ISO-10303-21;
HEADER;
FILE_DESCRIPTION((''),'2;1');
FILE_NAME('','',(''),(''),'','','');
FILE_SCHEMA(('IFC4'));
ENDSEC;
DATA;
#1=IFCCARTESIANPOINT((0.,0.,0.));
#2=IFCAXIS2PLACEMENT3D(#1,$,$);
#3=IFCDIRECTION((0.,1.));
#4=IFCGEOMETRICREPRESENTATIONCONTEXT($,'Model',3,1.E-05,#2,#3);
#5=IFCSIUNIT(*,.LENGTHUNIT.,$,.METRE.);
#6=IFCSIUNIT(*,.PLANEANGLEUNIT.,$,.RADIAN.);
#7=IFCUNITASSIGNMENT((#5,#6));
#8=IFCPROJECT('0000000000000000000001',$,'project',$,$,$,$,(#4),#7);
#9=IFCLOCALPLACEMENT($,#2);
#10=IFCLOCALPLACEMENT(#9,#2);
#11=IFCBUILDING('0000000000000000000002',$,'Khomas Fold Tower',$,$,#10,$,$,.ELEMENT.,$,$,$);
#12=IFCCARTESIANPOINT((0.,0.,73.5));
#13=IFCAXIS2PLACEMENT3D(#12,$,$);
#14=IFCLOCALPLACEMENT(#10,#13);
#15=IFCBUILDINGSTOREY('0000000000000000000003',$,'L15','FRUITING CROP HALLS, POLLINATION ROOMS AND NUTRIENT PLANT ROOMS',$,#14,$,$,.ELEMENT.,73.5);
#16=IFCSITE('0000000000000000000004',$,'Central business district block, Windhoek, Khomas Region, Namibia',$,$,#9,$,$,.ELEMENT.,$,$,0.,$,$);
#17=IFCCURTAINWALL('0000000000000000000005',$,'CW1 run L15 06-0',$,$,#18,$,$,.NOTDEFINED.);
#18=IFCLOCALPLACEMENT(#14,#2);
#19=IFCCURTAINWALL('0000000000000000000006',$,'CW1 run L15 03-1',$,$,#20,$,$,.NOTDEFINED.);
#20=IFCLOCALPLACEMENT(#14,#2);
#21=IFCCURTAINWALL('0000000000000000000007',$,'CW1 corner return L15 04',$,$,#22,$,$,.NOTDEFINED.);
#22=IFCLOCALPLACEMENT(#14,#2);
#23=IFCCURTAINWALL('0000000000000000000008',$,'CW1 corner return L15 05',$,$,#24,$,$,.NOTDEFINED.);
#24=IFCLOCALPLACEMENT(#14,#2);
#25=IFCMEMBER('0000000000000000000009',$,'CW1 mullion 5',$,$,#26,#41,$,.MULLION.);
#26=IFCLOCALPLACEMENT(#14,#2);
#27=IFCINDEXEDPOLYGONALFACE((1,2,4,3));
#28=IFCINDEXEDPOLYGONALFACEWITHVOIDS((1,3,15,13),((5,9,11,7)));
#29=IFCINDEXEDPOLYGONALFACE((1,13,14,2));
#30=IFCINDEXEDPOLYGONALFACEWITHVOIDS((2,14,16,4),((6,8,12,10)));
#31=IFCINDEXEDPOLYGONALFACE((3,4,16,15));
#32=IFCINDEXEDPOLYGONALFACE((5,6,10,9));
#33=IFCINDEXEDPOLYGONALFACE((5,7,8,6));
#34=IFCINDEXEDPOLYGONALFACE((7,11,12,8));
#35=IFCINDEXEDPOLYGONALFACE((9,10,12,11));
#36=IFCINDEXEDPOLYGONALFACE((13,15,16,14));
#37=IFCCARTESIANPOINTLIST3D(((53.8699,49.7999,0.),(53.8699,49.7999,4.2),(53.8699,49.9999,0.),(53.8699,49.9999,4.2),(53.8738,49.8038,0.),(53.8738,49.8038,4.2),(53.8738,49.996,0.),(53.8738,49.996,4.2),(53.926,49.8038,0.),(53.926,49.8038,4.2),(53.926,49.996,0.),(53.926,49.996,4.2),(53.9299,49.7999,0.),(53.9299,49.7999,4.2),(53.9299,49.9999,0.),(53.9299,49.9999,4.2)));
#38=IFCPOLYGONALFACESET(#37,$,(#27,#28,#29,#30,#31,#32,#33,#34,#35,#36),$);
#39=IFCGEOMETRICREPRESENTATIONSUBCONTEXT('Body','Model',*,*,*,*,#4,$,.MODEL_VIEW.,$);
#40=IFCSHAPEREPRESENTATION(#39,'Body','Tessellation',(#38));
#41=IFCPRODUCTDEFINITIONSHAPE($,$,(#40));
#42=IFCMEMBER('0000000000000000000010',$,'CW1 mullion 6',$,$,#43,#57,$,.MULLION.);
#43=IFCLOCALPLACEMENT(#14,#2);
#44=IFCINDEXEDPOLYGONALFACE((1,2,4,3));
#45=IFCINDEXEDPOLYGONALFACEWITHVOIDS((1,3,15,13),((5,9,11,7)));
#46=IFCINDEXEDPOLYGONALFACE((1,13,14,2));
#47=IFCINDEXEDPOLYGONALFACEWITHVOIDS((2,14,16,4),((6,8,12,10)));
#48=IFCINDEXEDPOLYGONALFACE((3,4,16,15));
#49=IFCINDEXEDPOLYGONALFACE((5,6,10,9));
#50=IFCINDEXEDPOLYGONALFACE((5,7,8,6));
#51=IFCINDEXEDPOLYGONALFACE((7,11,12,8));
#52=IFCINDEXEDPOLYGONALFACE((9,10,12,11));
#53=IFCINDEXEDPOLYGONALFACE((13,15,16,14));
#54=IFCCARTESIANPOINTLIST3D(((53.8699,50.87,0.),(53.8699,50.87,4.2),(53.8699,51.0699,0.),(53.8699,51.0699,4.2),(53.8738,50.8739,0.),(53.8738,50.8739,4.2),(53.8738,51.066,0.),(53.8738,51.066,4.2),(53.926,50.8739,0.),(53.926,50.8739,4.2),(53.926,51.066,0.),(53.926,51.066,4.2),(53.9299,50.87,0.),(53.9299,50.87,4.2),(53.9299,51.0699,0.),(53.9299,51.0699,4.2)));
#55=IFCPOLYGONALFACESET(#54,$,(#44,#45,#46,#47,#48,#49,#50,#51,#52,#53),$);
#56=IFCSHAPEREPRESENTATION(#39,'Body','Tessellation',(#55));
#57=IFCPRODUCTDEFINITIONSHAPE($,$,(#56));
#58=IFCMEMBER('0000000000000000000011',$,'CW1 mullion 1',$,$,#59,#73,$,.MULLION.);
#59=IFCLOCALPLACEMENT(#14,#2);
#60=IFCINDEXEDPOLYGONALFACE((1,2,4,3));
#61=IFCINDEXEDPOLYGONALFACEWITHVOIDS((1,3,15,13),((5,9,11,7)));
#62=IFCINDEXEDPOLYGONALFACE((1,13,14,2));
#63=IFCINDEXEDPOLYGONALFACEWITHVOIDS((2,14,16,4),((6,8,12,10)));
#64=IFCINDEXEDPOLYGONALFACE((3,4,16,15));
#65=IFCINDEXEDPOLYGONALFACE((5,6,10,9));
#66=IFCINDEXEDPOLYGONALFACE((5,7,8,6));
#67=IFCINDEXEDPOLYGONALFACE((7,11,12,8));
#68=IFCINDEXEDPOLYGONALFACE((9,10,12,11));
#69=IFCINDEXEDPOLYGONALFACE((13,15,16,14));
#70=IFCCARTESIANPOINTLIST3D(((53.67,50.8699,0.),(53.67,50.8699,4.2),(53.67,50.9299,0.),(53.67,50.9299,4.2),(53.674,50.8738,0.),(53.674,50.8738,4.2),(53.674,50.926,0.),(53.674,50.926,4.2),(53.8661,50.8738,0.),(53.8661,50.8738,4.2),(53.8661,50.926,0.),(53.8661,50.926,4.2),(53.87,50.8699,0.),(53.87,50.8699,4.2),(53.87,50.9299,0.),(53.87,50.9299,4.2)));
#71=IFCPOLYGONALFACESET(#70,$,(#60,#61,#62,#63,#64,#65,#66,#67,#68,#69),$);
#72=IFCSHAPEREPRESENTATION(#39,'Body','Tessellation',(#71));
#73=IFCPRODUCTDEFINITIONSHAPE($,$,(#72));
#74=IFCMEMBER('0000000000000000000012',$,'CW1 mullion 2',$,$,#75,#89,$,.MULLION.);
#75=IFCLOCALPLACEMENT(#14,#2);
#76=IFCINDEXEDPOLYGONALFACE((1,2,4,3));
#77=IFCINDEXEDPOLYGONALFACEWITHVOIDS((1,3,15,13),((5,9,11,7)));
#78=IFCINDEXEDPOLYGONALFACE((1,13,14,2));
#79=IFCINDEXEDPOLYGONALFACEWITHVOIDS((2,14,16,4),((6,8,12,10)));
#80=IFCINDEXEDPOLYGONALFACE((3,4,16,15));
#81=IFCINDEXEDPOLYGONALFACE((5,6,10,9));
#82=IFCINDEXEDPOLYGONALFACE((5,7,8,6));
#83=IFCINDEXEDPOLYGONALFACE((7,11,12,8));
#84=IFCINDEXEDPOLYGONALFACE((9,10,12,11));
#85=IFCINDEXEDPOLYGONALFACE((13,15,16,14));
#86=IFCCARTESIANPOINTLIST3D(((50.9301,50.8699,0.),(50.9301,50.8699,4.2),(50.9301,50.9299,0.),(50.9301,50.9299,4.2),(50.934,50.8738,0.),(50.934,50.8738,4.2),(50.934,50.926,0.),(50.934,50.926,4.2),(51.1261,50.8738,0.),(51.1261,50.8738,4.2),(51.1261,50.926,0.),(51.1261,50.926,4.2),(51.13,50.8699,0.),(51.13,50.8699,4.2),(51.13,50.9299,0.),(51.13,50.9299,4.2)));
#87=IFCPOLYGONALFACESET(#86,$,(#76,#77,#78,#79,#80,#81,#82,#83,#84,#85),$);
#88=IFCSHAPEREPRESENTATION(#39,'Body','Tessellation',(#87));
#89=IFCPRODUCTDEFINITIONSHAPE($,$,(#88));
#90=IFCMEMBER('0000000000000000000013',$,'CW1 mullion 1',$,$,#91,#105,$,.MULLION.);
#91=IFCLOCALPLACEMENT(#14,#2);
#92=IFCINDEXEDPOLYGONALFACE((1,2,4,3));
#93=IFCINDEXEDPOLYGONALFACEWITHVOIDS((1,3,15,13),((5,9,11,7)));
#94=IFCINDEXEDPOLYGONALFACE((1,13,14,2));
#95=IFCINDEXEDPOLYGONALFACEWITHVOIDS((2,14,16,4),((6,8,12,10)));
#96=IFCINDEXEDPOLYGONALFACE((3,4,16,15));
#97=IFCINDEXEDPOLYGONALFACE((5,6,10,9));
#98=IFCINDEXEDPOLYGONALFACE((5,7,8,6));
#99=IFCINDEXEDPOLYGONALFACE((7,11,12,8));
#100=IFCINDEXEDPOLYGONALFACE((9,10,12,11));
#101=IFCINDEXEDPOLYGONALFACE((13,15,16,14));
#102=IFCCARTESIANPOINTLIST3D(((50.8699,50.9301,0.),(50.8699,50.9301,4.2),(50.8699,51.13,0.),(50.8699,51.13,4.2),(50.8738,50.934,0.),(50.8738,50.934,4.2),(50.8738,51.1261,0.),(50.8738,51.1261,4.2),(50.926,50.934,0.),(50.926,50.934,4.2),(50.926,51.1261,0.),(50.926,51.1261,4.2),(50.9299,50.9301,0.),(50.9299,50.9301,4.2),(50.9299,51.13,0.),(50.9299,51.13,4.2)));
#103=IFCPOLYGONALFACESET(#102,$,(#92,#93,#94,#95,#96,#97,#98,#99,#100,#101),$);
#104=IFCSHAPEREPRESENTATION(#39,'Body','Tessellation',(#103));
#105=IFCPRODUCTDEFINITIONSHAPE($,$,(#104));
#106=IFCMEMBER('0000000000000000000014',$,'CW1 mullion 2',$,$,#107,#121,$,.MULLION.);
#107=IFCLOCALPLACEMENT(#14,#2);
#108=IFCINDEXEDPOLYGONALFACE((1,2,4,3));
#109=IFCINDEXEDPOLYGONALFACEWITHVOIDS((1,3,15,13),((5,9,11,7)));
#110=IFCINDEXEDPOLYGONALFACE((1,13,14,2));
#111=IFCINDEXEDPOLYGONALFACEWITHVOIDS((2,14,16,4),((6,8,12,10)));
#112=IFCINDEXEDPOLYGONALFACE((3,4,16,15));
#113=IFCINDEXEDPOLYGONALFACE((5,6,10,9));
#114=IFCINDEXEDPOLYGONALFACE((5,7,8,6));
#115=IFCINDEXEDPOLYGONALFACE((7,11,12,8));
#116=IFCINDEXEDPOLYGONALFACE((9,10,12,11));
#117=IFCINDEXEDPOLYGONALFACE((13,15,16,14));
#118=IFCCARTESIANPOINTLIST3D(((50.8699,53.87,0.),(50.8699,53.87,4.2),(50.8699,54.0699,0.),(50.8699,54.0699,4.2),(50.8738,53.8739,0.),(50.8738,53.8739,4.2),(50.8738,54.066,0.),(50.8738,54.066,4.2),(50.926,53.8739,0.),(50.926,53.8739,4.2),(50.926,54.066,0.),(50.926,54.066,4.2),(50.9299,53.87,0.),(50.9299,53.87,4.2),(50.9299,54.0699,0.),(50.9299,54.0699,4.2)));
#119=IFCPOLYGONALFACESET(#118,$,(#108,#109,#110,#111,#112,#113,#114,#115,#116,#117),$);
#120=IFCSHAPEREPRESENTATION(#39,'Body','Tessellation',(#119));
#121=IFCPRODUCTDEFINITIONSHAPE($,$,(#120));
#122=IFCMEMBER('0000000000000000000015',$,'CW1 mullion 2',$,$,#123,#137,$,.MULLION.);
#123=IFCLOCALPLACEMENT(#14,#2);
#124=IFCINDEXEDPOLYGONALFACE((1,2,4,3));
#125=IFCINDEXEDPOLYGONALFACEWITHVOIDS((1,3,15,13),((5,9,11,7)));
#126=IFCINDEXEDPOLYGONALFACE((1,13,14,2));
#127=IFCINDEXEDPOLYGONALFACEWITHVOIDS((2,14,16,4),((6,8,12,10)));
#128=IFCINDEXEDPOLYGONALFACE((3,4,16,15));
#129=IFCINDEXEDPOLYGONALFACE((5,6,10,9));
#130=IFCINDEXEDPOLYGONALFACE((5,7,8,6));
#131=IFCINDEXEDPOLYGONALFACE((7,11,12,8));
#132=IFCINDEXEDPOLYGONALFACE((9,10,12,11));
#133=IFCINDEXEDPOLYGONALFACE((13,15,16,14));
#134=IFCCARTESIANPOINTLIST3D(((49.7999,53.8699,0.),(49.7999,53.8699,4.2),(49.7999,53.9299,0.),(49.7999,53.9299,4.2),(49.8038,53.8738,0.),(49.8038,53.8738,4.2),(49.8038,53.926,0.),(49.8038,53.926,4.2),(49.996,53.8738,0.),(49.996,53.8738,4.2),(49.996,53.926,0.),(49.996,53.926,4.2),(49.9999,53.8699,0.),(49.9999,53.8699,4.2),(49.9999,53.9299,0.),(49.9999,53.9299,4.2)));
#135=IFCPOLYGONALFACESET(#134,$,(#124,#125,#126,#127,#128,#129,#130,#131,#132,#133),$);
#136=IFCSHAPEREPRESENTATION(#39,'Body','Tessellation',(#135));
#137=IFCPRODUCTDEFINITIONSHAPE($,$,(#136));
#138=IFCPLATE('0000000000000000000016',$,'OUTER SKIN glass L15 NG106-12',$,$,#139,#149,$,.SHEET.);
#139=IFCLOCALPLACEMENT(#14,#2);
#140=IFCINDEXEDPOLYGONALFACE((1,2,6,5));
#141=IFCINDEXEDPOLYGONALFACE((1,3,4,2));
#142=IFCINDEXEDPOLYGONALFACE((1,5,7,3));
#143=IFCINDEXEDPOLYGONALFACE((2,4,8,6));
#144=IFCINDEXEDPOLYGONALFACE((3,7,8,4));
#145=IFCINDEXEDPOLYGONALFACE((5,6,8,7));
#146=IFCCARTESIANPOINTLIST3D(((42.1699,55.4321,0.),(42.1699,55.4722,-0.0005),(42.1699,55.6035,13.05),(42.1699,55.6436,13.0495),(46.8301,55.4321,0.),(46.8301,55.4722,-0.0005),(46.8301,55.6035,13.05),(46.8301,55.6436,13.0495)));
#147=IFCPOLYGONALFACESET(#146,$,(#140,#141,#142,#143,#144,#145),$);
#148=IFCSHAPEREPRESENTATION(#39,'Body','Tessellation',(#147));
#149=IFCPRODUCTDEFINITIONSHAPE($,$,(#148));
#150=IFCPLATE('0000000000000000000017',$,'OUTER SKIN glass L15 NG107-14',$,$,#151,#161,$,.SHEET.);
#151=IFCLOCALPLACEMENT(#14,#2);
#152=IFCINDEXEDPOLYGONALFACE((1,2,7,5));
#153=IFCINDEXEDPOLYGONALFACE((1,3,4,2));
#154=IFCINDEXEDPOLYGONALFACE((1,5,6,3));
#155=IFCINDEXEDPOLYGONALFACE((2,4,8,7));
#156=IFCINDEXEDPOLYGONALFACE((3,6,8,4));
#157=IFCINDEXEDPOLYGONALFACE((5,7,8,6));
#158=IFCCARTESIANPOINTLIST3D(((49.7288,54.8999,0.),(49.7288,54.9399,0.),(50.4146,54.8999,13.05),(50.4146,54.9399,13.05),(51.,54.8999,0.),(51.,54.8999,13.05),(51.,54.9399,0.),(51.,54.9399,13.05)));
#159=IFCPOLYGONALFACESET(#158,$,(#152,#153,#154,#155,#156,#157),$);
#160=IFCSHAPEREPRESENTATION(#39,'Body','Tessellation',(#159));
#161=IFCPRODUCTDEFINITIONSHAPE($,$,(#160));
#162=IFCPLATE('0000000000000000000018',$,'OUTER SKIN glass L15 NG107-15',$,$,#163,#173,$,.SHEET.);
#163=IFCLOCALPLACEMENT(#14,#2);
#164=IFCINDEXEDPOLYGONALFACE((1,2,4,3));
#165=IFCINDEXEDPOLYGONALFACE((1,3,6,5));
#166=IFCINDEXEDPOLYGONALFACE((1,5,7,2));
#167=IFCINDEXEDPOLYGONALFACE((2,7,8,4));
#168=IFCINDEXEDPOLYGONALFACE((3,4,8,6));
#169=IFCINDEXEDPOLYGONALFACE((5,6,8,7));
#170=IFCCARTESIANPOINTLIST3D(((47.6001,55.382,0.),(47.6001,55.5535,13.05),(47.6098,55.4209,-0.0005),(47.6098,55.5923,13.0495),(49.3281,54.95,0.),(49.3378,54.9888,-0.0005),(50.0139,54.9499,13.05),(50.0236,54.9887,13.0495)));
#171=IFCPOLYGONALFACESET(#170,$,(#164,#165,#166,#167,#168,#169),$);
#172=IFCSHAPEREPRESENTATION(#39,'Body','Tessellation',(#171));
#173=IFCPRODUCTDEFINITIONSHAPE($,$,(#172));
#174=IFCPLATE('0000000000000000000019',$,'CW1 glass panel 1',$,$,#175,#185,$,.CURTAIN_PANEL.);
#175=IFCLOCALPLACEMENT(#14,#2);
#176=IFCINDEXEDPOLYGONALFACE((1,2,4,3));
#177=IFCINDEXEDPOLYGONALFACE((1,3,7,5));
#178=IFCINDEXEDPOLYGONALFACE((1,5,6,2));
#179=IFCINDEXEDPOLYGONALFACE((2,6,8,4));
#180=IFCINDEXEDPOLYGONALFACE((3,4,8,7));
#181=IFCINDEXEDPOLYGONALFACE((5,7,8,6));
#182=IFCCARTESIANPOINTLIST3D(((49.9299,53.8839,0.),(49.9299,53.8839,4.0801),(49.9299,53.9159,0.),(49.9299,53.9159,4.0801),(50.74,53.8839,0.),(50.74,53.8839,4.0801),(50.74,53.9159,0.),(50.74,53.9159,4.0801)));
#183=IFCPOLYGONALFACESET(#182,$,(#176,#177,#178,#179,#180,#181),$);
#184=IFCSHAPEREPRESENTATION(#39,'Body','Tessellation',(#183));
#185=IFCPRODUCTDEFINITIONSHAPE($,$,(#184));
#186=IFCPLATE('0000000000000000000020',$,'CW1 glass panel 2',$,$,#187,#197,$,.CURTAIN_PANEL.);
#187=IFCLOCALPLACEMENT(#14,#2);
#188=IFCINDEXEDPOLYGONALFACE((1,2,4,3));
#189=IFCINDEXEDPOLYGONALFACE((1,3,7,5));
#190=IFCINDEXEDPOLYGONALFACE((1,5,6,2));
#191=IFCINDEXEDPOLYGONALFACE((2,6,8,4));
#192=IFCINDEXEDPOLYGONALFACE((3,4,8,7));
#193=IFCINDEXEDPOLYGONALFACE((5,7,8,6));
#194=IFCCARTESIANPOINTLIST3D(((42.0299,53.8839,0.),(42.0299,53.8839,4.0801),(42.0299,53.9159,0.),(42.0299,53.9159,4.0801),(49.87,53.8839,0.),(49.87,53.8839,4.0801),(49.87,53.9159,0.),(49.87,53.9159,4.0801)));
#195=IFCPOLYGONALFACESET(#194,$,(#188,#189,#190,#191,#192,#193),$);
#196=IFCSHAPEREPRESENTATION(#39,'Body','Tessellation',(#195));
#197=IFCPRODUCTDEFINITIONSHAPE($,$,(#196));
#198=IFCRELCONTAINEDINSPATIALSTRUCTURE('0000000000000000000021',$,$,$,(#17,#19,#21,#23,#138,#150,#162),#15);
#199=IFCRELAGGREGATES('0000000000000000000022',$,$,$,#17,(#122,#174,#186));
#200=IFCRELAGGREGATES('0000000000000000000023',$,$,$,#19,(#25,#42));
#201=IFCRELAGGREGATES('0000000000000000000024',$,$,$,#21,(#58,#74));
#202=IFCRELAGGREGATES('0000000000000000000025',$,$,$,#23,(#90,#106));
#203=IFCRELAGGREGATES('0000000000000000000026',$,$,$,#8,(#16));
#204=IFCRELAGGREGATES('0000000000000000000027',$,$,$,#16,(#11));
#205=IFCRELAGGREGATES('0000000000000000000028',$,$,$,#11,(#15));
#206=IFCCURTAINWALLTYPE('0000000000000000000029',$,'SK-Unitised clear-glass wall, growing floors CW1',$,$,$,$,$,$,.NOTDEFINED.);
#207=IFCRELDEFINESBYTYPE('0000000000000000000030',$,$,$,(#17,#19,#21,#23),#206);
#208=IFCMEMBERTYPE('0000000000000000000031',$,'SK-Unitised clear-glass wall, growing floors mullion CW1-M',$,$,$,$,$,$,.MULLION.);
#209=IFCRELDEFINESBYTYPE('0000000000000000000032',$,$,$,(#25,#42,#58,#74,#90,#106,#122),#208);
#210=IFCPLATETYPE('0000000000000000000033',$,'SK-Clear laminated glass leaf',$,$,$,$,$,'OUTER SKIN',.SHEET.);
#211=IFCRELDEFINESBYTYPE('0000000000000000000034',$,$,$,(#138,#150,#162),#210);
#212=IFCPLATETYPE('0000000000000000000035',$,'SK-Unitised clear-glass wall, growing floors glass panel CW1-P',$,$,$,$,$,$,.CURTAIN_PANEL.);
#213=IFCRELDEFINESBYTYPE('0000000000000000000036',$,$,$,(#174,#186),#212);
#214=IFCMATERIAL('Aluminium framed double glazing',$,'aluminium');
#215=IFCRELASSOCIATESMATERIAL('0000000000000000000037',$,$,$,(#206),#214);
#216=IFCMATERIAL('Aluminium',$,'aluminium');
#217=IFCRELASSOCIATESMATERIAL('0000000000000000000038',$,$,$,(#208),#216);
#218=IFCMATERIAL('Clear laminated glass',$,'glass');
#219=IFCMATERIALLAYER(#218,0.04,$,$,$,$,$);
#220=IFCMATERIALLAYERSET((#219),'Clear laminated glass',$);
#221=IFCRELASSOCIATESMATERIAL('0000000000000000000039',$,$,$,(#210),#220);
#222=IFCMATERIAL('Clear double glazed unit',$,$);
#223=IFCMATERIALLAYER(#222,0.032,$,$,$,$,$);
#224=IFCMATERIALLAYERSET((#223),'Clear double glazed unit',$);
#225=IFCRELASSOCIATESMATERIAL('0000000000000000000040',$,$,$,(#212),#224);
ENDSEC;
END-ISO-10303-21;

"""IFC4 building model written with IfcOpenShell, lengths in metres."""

from ifc_helpers import new_model, si_unit, direction, frame, origin, origin_2d, place, context, subcontext, project, spatial, polyline, rectangle, hollow_rectangle, outline, extrude, source, transform, mapped, material, layer, layer_set, material_profile, profile_set, type_object, element, aggregate, save


model = new_model("IFC4")

# Units and contexts
model_context = context("Model", 3, precision=1e-05, world=origin(), true_north=direction((0.0, 1.0)))
body_context = subcontext(model_context, "Body", "Model", "MODEL_VIEW")
ifc_project = project(units=[si_unit("LENGTHUNIT", "METRE"), si_unit("PLANEANGLEUNIT", "RADIAN")], contexts=[model_context])

# Site, building, storey
site_placement = place(None, origin())
site = spatial("IfcSite", under=ifc_project, at=site_placement, Name="Central business district block, Windhoek, Khomas Region, Namibia", CompositionType="ELEMENT", RefElevation=0.0)
building_placement = place(site_placement, origin())
building = spatial("IfcBuilding", under=site, at=building_placement, Name="Khomas Fold Tower", CompositionType="ELEMENT")
storey_placement = place(building_placement, frame((0.0, 0.0, 73.5)))
storey = spatial("IfcBuildingStorey", under=building, at=storey_placement, Name="L15", Description="FRUITING CROP HALLS, POLLINATION ROOMS AND NUTRIENT PLANT ROOMS", CompositionType="ELEMENT", Elevation=73.5)

# Curtain wall
ifc_material_1 = material(Name="Aluminium framed double glazing", Category="aluminium")
curtain_wall_type = type_object("IfcCurtainWallType", Name="SK-Unitised clear-glass wall, growing floors CW1", PredefinedType="NOTDEFINED", material=ifc_material_1)
curtain_wall_1_placement = place(storey_placement, origin())
curtain_wall_1 = element("IfcCurtainWall", 1, at=curtain_wall_1_placement, inside=storey, type_object=curtain_wall_type, Name="CW1 run L15 06-0", PredefinedType="NOTDEFINED")

# Curtain walls
curtain_wall_2_placement = place(storey_placement, origin())
curtain_wall_2 = element("IfcCurtainWall", 2, at=curtain_wall_2_placement, inside=storey, type_object=curtain_wall_type, Name="CW1 run L15 03-1", PredefinedType="NOTDEFINED")
curtain_wall_3_placement = place(storey_placement, origin())
curtain_wall_3 = element("IfcCurtainWall", 3, at=curtain_wall_3_placement, inside=storey, type_object=curtain_wall_type, Name="CW1 corner return L15 04", PredefinedType="NOTDEFINED")
curtain_wall_4_placement = place(storey_placement, origin())
curtain_wall_4 = element("IfcCurtainWall", 4, at=curtain_wall_4_placement, inside=storey, type_object=curtain_wall_type, Name="CW1 corner return L15 05", PredefinedType="NOTDEFINED")

# Members
ifc_material_2 = material(Name="Aluminium", Category="aluminium")
ifc_material_profile_1 = material_profile(ifc_material_2, hollow_rectangle(XDim=0.0601, YDim=0.2, WallThickness=0.0039, at=origin_2d()), Name="SK-Unitised clear-glass wall, growing floors mullion CW1-M")
ifc_profile_set_1 = profile_set([ifc_material_profile_1], Name="Aluminium")
member_type_1 = type_object("IfcMemberType", Name="SK-Unitised clear-glass wall, growing floors mullion CW1-M", PredefinedType="MULLION", material=ifc_profile_set_1)
shared_shape_1 = source(origin(), body_context, "Body", "SweptSolid", [
    extrude(hollow_rectangle(XDim=0.0601, YDim=0.2, WallThickness=0.0039, at=origin_2d()), origin(), (0.0, 0.0, 1.0), 4.2),
])
member_1_placement = place(storey_placement, frame((53.8999, 49.8999, 0.0), z_axis=(0.0, 0.0, 1.0), x_axis=(-1.0, 0.0, 0.0)))
member_1 = element("IfcMember", 5, at=member_1_placement, type_object=member_type_1, Name="CW1 mullion 5", PredefinedType="MULLION", context=body_context, shape_type="MappedRepresentation", body=[
    mapped(shared_shape_1, transform((0.0, 0.0, 0.0))),
])
member_2_placement = place(storey_placement, frame((53.8999, 50.97, 0.0), z_axis=(0.0, 0.0, 1.0), x_axis=(-1.0, 0.0, 0.0)))
member_2 = element("IfcMember", 6, at=member_2_placement, type_object=member_type_1, Name="CW1 mullion 6", PredefinedType="MULLION", context=body_context, shape_type="MappedRepresentation", body=[
    mapped(shared_shape_1, transform((0.0, 0.0, 0.0))),
])
member_3_placement = place(storey_placement, frame((53.77, 50.8999, 0.0), z_axis=(0.0, 0.0, 1.0), x_axis=(0.0, -1.0, 0.0)))
member_3 = element("IfcMember", 7, at=member_3_placement, type_object=member_type_1, Name="CW1 mullion 1", PredefinedType="MULLION", context=body_context, shape_type="MappedRepresentation", body=[
    mapped(shared_shape_1, transform((0.0, 0.0, 0.0))),
])
member_4_placement = place(storey_placement, frame((51.03, 50.8999, 0.0), z_axis=(0.0, 0.0, 1.0), x_axis=(0.0, -1.0, 0.0)))
member_4 = element("IfcMember", 8, at=member_4_placement, type_object=member_type_1, Name="CW1 mullion 2", PredefinedType="MULLION", context=body_context, shape_type="MappedRepresentation", body=[
    mapped(shared_shape_1, transform((0.0, 0.0, 0.0))),
])
member_5_placement = place(storey_placement, frame((50.8999, 51.03, 0.0), z_axis=(0.0, 0.0, 1.0), x_axis=(-1.0, 0.0, 0.0)))
member_5 = element("IfcMember", 9, at=member_5_placement, type_object=member_type_1, Name="CW1 mullion 1", PredefinedType="MULLION", context=body_context, shape_type="MappedRepresentation", body=[
    mapped(shared_shape_1, transform((0.0, 0.0, 0.0))),
])
member_6_placement = place(storey_placement, frame((50.8999, 53.97, 0.0), z_axis=(0.0, 0.0, 1.0), x_axis=(-1.0, 0.0, 0.0)))
member_6 = element("IfcMember", 10, at=member_6_placement, type_object=member_type_1, Name="CW1 mullion 2", PredefinedType="MULLION", context=body_context, shape_type="MappedRepresentation", body=[
    mapped(shared_shape_1, transform((0.0, 0.0, 0.0))),
])
member_7_placement = place(storey_placement, frame((49.8999, 53.8999, 0.0), z_axis=(0.0, 0.0, 1.0), x_axis=(0.0, -1.0, 0.0)))
member_7 = element("IfcMember", 11, at=member_7_placement, type_object=member_type_1, Name="CW1 mullion 2", PredefinedType="MULLION", context=body_context, shape_type="MappedRepresentation", body=[
    mapped(shared_shape_1, transform((0.0, 0.0, 0.0))),
])

# Plates
ifc_material_3 = material(Name="Clear laminated glass", Category="glass")
ifc_layer_1 = layer(ifc_material_3, 0.04)
ifc_layer_set_1 = layer_set([ifc_layer_1], Name="Clear laminated glass")
plate_type_1 = type_object("IfcPlateType", Name="SK-Clear laminated glass leaf", ElementType="OUTER SKIN", PredefinedType="SHEET", material=ifc_layer_set_1)
plate_1_placement = place(storey_placement, frame((46.8301, 55.6035, 13.05), z_axis=(0.0, -0.999914, 0.013132), x_axis=(0.0, -0.013132, -0.999914)))
element("IfcPlate", 12, at=plate_1_placement, inside=storey, type_object=plate_type_1, Name="OUTER SKIN glass L15 NG106-12", PredefinedType="SHEET", context=body_context, shape_type="SweptSolid", body=[
    extrude(outline(polyline([(0.0, 0.0), (13.0512, 0.0), (13.0512, -4.6602), (0.0, -4.6602), (0.0, 0.0)])), origin(), (0.0, 0.0, -1.0), 0.04),
])
plate_2_placement = place(storey_placement, frame((49.7288, 54.9399, 0.0), z_axis=(0.0, 1.0, 0.0), x_axis=(0.052478, 0.0, 0.998622)))
element("IfcPlate", 13, at=plate_2_placement, inside=storey, type_object=plate_type_1, Name="OUTER SKIN glass L15 NG107-14", PredefinedType="SHEET", context=body_context, shape_type="SweptSolid", body=[
    extrude(outline(polyline([(0.0, 0.0), (13.0681, 0.0), (13.0988, 0.5846), (0.0667, 1.2695), (0.0, 0.0)])), origin(), (0.0, 0.0, -1.0), 0.04),
])
plate_3_placement = place(storey_placement, frame((47.6001, 55.5535, 13.05), z_axis=(-0.242556, -0.970054, 0.012743), x_axis=(0.970132, -0.242576, 0.0)))
element("IfcPlate", 14, at=plate_3_placement, inside=storey, type_object=plate_type_1, Name="OUTER SKIN glass L15 NG107-15", PredefinedType="SHEET", context=body_context, shape_type="SweptSolid", body=[
    extrude(outline(polyline([(0.0, 0.0), (2.4881, 0.0), (1.8228, -13.0511), (0.0416, -13.0511), (0.0, 0.0)])), origin(), (0.0, 0.0, -1.0), 0.04),
])

# Plates
ifc_material_4 = material(Name="Clear double glazed unit")
ifc_layer_2 = layer(ifc_material_4, 0.032)
ifc_layer_set_2 = layer_set([ifc_layer_2], Name="Clear double glazed unit")
plate_type_2 = type_object("IfcPlateType", Name="SK-Unitised clear-glass wall, growing floors glass panel CW1-P", PredefinedType="CURTAIN_PANEL", material=ifc_layer_set_2)
shared_shape_2 = source(origin(), body_context, "Body", "SweptSolid", [
    extrude(rectangle(XDim=0.8101, YDim=0.032, at=origin_2d()), origin(), (0.0, 0.0, 1.0), 4.0801),
])
plate_4_placement = place(storey_placement, frame((50.335, 53.8999, 0.0), z_axis=(0.0, 0.0, 1.0), x_axis=(-1.0, 0.0, 0.0)))
plate_4 = element("IfcPlate", 15, at=plate_4_placement, type_object=plate_type_2, Name="CW1 glass panel 1", PredefinedType="CURTAIN_PANEL", context=body_context, shape_type="MappedRepresentation", body=[
    mapped(shared_shape_2, transform((0.0, 0.0, 0.0))),
])
shared_shape_3 = source(origin(), body_context, "Body", "SweptSolid", [
    extrude(rectangle(XDim=7.8401, YDim=0.032, at=origin_2d()), origin(), (0.0, 0.0, 1.0), 4.0801),
])
plate_5_placement = place(storey_placement, frame((45.95, 53.8999, 0.0), z_axis=(0.0, 0.0, 1.0), x_axis=(-1.0, 0.0, 0.0)))
plate_5 = element("IfcPlate", 16, at=plate_5_placement, type_object=plate_type_2, Name="CW1 glass panel 2", PredefinedType="CURTAIN_PANEL", context=body_context, shape_type="MappedRepresentation", body=[
    mapped(shared_shape_3, transform((0.0, 0.0, 0.0))),
])
aggregate(curtain_wall_1, [member_7, plate_4, plate_5])
aggregate(curtain_wall_2, [member_1, member_2])
aggregate(curtain_wall_3, [member_3, member_4])
aggregate(curtain_wall_4, [member_5, member_6])

save(model, "model.ifc")
